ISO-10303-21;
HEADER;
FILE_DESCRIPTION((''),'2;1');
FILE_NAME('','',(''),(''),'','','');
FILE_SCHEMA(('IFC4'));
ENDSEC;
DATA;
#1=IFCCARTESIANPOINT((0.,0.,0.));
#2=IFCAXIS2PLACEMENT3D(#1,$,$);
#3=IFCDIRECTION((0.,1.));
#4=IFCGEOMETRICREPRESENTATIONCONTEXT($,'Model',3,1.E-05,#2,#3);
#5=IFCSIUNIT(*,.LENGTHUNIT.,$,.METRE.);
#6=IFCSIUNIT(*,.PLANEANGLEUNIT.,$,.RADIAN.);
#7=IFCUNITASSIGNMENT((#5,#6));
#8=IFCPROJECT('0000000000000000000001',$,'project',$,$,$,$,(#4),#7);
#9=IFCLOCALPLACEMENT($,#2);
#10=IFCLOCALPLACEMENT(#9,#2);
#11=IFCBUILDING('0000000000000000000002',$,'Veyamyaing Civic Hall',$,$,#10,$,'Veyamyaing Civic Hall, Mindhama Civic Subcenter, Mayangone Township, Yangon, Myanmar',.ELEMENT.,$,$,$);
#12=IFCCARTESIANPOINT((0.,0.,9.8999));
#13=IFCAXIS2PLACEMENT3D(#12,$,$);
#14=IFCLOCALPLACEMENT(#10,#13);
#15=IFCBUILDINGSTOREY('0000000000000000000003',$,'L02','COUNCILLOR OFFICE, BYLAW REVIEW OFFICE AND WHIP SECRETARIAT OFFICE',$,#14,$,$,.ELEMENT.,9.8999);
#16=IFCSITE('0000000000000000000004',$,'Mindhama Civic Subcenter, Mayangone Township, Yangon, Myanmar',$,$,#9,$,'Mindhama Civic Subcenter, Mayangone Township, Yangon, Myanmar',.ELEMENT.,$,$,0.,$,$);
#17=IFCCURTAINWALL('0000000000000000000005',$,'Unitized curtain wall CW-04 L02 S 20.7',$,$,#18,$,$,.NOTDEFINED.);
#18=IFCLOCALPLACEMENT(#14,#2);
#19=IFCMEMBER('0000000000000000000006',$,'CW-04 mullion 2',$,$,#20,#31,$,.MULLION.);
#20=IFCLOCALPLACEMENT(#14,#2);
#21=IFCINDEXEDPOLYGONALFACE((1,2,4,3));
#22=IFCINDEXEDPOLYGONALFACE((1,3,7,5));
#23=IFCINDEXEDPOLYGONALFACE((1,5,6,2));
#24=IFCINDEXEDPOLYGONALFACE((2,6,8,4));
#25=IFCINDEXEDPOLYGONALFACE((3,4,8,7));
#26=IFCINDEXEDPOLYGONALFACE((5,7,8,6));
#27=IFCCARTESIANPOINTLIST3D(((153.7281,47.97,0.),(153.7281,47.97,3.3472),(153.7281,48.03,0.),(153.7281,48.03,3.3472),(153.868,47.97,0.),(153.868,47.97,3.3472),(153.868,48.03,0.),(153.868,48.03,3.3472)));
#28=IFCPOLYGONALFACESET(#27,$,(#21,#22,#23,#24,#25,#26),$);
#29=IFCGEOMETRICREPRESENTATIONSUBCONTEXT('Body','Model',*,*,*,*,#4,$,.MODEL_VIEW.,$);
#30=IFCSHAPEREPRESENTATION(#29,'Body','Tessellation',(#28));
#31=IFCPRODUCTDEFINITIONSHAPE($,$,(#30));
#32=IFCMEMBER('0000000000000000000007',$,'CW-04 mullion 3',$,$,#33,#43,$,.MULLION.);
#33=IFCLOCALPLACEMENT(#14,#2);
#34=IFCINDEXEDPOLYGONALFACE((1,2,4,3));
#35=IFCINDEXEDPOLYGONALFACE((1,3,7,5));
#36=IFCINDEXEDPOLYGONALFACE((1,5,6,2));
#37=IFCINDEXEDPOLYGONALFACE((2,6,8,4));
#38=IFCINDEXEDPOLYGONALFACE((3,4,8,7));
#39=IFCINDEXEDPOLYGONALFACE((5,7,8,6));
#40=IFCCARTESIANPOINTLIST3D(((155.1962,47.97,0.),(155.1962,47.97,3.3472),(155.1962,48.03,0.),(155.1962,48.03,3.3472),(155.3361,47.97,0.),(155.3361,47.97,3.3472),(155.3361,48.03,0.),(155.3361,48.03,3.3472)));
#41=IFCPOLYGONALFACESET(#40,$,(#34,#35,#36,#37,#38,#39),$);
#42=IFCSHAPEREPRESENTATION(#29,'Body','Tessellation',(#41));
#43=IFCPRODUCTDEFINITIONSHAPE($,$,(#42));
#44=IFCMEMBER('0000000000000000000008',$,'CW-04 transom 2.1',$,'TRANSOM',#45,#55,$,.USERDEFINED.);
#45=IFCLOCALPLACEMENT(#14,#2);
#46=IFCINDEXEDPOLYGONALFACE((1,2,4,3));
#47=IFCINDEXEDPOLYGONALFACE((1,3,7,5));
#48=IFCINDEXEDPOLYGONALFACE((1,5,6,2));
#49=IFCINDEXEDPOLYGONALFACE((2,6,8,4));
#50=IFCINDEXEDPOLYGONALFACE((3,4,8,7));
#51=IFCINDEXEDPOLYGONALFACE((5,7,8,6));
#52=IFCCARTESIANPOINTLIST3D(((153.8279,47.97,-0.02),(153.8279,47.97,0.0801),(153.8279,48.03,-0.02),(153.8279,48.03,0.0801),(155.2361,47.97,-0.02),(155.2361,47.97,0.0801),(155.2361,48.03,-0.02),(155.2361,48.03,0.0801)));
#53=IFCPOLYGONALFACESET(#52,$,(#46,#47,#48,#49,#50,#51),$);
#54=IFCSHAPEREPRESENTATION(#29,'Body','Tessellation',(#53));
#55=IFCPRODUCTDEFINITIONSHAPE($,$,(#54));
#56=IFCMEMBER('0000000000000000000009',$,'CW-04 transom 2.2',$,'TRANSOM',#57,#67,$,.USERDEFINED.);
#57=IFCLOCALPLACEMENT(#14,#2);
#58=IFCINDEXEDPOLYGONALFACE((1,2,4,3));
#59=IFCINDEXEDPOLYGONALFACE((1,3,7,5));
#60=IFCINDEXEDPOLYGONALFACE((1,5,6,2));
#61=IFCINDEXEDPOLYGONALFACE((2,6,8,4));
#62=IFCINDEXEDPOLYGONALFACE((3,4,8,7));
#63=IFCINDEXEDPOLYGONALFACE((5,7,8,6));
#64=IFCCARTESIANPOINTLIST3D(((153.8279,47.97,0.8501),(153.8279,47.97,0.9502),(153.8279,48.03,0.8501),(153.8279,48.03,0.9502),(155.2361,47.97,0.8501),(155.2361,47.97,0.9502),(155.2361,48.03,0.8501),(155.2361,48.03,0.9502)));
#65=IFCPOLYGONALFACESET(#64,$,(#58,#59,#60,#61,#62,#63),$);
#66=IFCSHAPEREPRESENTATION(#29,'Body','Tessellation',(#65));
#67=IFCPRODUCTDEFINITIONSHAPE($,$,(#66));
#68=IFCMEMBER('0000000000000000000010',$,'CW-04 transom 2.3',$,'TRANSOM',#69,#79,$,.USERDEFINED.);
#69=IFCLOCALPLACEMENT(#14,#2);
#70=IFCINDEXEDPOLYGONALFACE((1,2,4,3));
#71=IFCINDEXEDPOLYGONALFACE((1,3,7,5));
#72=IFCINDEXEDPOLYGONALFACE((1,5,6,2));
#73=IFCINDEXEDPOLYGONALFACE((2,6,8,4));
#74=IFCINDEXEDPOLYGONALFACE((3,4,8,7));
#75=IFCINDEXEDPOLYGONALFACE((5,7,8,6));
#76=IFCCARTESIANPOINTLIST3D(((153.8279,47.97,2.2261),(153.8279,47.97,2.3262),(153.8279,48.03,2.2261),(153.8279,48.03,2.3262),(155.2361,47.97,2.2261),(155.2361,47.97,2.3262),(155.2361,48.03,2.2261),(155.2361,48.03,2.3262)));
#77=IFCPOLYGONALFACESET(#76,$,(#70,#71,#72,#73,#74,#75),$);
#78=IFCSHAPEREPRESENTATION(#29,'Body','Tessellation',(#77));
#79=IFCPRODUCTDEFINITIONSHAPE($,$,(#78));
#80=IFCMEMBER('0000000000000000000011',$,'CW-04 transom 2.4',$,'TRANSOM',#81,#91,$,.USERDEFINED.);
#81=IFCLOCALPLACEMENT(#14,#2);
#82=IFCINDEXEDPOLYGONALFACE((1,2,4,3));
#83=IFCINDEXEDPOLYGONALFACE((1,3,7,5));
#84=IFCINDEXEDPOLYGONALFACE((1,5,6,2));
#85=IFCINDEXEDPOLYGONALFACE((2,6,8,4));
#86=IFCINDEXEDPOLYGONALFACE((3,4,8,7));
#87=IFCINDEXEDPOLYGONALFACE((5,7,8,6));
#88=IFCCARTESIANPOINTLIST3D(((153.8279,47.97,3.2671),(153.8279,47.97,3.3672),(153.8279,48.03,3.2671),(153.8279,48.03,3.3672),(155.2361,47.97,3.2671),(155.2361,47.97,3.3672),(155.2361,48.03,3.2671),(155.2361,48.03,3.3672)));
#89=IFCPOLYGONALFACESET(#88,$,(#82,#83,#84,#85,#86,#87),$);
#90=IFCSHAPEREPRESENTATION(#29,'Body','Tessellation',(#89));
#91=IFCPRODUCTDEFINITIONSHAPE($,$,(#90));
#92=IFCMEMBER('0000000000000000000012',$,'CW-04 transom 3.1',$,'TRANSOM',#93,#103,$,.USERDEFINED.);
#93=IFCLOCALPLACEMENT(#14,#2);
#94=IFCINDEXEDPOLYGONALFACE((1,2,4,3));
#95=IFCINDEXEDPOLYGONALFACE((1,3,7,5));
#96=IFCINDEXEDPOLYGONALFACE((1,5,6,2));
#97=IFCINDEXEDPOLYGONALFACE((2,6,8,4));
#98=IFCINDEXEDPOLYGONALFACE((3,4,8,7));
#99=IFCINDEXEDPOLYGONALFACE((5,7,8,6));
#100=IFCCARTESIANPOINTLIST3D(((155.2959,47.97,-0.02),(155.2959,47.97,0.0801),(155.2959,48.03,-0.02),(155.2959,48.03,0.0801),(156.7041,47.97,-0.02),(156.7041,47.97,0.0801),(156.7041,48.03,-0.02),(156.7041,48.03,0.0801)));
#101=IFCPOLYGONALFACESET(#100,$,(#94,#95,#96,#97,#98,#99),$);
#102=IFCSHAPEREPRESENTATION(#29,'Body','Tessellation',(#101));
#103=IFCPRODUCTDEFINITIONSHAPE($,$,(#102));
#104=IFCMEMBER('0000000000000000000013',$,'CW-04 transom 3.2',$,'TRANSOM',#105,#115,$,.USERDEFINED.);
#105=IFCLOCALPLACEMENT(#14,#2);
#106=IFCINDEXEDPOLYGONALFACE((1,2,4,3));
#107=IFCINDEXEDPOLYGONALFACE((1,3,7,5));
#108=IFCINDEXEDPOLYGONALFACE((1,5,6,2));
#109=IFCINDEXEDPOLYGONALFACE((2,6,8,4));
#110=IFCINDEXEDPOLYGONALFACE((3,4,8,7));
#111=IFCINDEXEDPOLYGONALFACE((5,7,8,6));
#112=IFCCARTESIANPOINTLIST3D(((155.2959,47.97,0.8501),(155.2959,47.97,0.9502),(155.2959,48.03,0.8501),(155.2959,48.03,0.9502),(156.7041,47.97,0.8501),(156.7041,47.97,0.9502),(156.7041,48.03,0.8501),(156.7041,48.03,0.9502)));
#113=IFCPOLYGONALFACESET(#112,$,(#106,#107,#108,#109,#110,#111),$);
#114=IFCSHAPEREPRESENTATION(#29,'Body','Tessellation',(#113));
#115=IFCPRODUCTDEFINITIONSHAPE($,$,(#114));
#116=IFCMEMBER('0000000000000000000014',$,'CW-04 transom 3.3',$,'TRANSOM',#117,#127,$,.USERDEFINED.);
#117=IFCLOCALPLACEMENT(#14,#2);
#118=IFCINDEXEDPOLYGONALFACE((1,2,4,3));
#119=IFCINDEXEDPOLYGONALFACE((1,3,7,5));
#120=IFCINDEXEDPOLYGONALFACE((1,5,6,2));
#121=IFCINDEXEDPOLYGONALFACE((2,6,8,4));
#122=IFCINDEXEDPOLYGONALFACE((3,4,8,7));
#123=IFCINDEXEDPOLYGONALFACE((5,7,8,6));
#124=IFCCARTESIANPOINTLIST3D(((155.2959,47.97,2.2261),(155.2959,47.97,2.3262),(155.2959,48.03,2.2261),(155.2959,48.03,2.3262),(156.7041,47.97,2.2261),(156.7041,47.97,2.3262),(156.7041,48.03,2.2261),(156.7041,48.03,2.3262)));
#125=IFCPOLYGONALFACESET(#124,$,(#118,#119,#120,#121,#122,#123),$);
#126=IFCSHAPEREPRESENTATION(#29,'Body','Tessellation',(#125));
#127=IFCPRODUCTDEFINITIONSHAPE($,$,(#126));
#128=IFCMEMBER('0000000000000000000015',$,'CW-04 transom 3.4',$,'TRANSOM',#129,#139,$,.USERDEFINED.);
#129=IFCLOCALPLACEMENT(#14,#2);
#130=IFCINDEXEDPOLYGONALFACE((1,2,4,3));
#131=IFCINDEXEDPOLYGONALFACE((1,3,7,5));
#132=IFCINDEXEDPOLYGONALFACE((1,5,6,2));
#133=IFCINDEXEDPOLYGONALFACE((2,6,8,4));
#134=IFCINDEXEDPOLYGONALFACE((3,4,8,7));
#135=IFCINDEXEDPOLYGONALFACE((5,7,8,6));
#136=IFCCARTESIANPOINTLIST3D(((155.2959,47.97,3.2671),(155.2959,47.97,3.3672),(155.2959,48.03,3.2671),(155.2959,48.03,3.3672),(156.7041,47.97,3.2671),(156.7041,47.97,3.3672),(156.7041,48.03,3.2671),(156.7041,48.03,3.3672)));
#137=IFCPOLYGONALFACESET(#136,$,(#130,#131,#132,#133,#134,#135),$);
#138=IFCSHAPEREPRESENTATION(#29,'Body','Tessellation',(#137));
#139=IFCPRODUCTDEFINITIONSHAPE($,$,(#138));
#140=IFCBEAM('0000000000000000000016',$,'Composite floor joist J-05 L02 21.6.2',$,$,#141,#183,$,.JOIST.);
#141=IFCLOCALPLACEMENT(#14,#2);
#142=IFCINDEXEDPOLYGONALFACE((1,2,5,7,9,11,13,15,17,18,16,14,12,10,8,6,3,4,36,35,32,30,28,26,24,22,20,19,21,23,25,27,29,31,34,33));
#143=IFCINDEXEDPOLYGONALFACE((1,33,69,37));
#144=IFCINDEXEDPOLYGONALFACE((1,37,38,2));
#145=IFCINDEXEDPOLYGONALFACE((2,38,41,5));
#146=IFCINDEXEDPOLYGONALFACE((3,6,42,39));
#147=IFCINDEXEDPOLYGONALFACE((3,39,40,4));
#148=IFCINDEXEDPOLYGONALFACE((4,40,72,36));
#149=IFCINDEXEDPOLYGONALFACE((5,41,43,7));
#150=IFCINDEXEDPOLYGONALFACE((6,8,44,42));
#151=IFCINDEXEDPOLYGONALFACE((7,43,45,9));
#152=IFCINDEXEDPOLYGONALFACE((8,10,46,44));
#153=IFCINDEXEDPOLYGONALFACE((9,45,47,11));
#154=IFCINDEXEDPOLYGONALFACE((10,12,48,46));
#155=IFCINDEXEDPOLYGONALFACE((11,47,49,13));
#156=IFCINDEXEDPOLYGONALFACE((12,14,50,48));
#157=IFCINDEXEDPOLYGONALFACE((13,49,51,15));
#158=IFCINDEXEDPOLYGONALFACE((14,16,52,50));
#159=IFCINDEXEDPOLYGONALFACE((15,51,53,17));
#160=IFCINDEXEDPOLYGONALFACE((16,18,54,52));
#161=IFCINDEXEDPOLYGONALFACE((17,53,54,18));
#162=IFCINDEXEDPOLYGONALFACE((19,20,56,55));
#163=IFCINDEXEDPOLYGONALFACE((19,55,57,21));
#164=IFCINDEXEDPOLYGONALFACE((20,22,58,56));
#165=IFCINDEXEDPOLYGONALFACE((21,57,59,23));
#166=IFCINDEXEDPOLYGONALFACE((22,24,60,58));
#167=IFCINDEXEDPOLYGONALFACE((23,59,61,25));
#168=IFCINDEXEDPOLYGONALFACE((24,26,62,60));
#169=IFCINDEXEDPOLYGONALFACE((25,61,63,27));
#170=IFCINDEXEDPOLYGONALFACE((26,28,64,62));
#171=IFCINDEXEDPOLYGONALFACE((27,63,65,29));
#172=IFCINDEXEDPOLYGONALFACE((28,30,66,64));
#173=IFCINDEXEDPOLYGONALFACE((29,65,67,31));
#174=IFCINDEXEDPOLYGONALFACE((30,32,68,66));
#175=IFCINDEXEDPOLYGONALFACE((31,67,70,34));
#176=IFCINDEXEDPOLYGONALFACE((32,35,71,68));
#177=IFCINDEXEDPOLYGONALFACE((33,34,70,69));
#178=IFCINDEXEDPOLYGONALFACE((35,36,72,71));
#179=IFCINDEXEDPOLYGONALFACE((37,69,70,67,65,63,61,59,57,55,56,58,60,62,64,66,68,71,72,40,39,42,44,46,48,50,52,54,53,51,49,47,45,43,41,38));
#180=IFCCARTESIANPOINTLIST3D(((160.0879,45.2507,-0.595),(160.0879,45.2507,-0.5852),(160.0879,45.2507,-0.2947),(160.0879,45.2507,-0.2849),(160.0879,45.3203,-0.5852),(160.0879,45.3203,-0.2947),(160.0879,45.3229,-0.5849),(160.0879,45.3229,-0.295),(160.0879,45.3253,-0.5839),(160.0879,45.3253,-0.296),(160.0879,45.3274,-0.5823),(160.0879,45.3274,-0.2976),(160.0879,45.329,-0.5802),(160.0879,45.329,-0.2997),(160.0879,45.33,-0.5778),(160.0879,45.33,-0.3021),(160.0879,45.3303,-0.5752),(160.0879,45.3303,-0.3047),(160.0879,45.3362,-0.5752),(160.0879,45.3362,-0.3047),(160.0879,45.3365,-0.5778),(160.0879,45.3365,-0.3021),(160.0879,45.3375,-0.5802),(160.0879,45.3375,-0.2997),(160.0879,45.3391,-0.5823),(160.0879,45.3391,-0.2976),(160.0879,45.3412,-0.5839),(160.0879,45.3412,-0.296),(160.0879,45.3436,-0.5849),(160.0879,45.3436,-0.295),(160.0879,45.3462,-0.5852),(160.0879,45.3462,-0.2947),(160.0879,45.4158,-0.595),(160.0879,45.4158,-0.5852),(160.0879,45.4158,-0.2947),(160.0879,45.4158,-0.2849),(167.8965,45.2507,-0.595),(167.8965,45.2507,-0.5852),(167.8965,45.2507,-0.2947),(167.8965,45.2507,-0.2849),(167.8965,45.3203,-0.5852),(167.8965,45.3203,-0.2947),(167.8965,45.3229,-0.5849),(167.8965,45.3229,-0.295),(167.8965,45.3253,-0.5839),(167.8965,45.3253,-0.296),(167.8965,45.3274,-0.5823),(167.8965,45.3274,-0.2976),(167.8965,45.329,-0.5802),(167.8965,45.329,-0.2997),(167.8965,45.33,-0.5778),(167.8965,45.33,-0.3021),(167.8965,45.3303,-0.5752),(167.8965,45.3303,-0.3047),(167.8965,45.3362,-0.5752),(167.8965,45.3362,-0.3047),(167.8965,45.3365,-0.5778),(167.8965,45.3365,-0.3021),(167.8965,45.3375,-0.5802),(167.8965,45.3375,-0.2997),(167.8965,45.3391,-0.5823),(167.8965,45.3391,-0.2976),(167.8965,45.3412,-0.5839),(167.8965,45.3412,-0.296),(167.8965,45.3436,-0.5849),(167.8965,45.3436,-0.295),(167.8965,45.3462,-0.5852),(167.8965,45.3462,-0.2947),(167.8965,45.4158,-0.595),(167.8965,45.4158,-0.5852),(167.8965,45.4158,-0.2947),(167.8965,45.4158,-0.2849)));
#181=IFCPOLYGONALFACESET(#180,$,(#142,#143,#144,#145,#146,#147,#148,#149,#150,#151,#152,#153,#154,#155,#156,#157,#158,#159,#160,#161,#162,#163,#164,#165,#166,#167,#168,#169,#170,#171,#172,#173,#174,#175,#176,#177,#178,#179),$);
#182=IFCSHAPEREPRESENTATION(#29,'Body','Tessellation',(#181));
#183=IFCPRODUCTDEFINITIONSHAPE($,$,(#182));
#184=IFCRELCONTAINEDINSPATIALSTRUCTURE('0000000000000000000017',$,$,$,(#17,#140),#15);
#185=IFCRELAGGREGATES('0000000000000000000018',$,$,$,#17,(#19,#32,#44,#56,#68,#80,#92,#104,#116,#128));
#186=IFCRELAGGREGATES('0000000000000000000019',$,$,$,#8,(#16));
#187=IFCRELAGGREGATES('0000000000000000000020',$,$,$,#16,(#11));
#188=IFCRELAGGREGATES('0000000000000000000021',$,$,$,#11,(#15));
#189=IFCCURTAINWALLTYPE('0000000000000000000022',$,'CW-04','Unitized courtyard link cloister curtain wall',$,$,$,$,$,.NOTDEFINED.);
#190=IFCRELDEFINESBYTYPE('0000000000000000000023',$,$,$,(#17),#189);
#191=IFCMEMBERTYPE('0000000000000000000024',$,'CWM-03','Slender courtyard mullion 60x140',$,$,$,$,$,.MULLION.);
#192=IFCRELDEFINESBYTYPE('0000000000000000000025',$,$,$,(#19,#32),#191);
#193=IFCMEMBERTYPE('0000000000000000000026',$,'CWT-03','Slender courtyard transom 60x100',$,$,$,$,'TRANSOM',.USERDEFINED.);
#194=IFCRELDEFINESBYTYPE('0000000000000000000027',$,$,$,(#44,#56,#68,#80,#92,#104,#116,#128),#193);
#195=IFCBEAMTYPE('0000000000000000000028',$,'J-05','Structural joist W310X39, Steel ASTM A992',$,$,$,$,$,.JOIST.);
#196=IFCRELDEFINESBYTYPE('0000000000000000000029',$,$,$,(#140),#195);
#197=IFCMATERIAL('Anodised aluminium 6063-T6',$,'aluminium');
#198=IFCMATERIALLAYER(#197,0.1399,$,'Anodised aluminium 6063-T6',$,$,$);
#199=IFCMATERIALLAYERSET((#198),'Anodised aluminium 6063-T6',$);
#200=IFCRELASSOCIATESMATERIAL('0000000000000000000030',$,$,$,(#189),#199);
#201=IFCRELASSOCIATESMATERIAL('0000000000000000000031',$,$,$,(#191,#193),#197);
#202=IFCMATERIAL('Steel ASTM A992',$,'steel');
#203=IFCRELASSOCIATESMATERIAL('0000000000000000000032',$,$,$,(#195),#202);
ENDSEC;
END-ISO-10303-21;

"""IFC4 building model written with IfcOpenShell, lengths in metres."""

from ifc_helpers import new_model, si_unit, direction, frame, origin, origin_2d, place, context, subcontext, project, spatial, rectangle, i_section, extrude, material, layer, layer_set, material_profile, profile_set, type_object, element, aggregate, save


model = new_model("IFC4")

# Units and contexts
model_context = context("Model", 3, precision=1e-05, world=origin(), true_north=direction((0.0, 1.0)))
body_context = subcontext(model_context, "Body", "Model", "MODEL_VIEW")
ifc_project = project(units=[si_unit("LENGTHUNIT", "METRE"), si_unit("PLANEANGLEUNIT", "RADIAN")], contexts=[model_context])

# Site, building, storey
site_placement = place(None, origin())
site = spatial("IfcSite", under=ifc_project, at=site_placement, Name="Mindhama Civic Subcenter, Mayangone Township, Yangon, Myanmar", LongName="Mindhama Civic Subcenter, Mayangone Township, Yangon, Myanmar", CompositionType="ELEMENT", RefElevation=0.0)
building_placement = place(site_placement, origin())
building = spatial("IfcBuilding", under=site, at=building_placement, Name="Veyamyaing Civic Hall", LongName="Veyamyaing Civic Hall, Mindhama Civic Subcenter, Mayangone Township, Yangon, Myanmar", CompositionType="ELEMENT")
storey_placement = place(building_placement, frame((0.0, 0.0, 9.8999)))
storey = spatial("IfcBuildingStorey", under=building, at=storey_placement, Name="L02", Description="COUNCILLOR OFFICE, BYLAW REVIEW OFFICE AND WHIP SECRETARIAT OFFICE", CompositionType="ELEMENT", Elevation=9.8999)

# Curtain wall, members
ifc_material_1 = material(Name="Anodised aluminium 6063-T6", Category="aluminium")
ifc_layer_1 = layer(ifc_material_1, 0.1399, Name="Anodised aluminium 6063-T6")
ifc_layer_set_1 = layer_set([ifc_layer_1], Name="Anodised aluminium 6063-T6")
curtain_wall_type = type_object("IfcCurtainWallType", Name="CW-04", Description="Unitized courtyard link cloister curtain wall", PredefinedType="NOTDEFINED", material=ifc_layer_set_1)
curtain_wall_placement = place(storey_placement, origin())
curtain_wall = element("IfcCurtainWall", 1, at=curtain_wall_placement, inside=storey, type_object=curtain_wall_type, Name="Unitized curtain wall CW-04 L02 S 20.7", PredefinedType="NOTDEFINED")
ifc_material_profile_1 = material_profile(ifc_material_1, rectangle(XDim=0.0601, YDim=0.1399, at=origin_2d()), Name="ALU-MUL-60X140")
ifc_profile_set_1 = profile_set([ifc_material_profile_1], Name="Anodised aluminium 6063-T6")
member_type_1 = type_object("IfcMemberType", Name="CWM-03", Description="Slender courtyard mullion 60x140", PredefinedType="MULLION", material=ifc_profile_set_1)
member_1_placement = place(storey_placement, frame((153.7981, 48.0, 0.0), z_axis=(0.0, 0.0, 1.0), x_axis=(0.0, 1.0, 0.0)))
member_1 = element("IfcMember", 2, at=member_1_placement, type_object=member_type_1, Name="CW-04 mullion 2", PredefinedType="MULLION", context=body_context, shape_type="SweptSolid", body=[
    extrude(rectangle(XDim=0.0601, YDim=0.1399, at=origin_2d()), origin(), (0.0, 0.0, 1.0), 3.3472),
])
member_2_placement = place(storey_placement, frame((155.2661, 48.0, 0.0), z_axis=(0.0, 0.0, 1.0), x_axis=(0.0, 1.0, 0.0)))
member_2 = element("IfcMember", 3, at=member_2_placement, type_object=member_type_1, Name="CW-04 mullion 3", PredefinedType="MULLION", context=body_context, shape_type="SweptSolid", body=[
    extrude(rectangle(XDim=0.0601, YDim=0.1399, at=origin_2d()), origin(), (0.0, 0.0, 1.0), 3.3472),
])
ifc_material_profile_2 = material_profile(ifc_material_1, rectangle(XDim=0.0601, YDim=0.1001, at=origin_2d()), Name="ALU-TRN-60X100")
ifc_profile_set_2 = profile_set([ifc_material_profile_2], Name="Anodised aluminium 6063-T6")
member_type_2 = type_object("IfcMemberType", Name="CWT-03", Description="Slender courtyard transom 60x100", ElementType="TRANSOM", PredefinedType="USERDEFINED", material=ifc_profile_set_2)
member_3_placement = place(storey_placement, frame((153.8279, 48.0, 0.03), z_axis=(1.0, 0.0, 0.0), x_axis=(0.0, 1.0, 0.0)))
member_3 = element("IfcMember", 4, at=member_3_placement, type_object=member_type_2, Name="CW-04 transom 2.1", ObjectType="TRANSOM", PredefinedType="USERDEFINED", context=body_context, shape_type="SweptSolid", body=[
    extrude(rectangle(XDim=0.0601, YDim=0.1001, at=origin_2d()), origin(), (0.0, 0.0, 1.0), 1.4082),
])
member_4_placement = place(storey_placement, frame((153.8279, 48.0, 0.9001), z_axis=(1.0, 0.0, 0.0), x_axis=(0.0, 1.0, 0.0)))
member_4 = element("IfcMember", 5, at=member_4_placement, type_object=member_type_2, Name="CW-04 transom 2.2", ObjectType="TRANSOM", PredefinedType="USERDEFINED", context=body_context, shape_type="SweptSolid", body=[
    extrude(rectangle(XDim=0.0601, YDim=0.1001, at=origin_2d()), origin(), (0.0, 0.0, 1.0), 1.4082),
])
member_5_placement = place(storey_placement, frame((153.8279, 48.0, 2.2761), z_axis=(1.0, 0.0, 0.0), x_axis=(0.0, 1.0, 0.0)))
member_5 = element("IfcMember", 6, at=member_5_placement, type_object=member_type_2, Name="CW-04 transom 2.3", ObjectType="TRANSOM", PredefinedType="USERDEFINED", context=body_context, shape_type="SweptSolid", body=[
    extrude(rectangle(XDim=0.0601, YDim=0.1001, at=origin_2d()), origin(), (0.0, 0.0, 1.0), 1.4082),
])
member_6_placement = place(storey_placement, frame((153.8279, 48.0, 3.3171), z_axis=(1.0, 0.0, 0.0), x_axis=(0.0, 1.0, 0.0)))
member_6 = element("IfcMember", 7, at=member_6_placement, type_object=member_type_2, Name="CW-04 transom 2.4", ObjectType="TRANSOM", PredefinedType="USERDEFINED", context=body_context, shape_type="SweptSolid", body=[
    extrude(rectangle(XDim=0.0601, YDim=0.1001, at=origin_2d()), origin(), (0.0, 0.0, 1.0), 1.4082),
])
member_7_placement = place(storey_placement, frame((155.2959, 48.0, 0.03), z_axis=(1.0, 0.0, 0.0), x_axis=(0.0, 1.0, 0.0)))
member_7 = element("IfcMember", 8, at=member_7_placement, type_object=member_type_2, Name="CW-04 transom 3.1", ObjectType="TRANSOM", PredefinedType="USERDEFINED", context=body_context, shape_type="SweptSolid", body=[
    extrude(rectangle(XDim=0.0601, YDim=0.1001, at=origin_2d()), origin(), (0.0, 0.0, 1.0), 1.4082),
])
member_8_placement = place(storey_placement, frame((155.2959, 48.0, 0.9001), z_axis=(1.0, 0.0, 0.0), x_axis=(0.0, 1.0, 0.0)))
member_8 = element("IfcMember", 9, at=member_8_placement, type_object=member_type_2, Name="CW-04 transom 3.2", ObjectType="TRANSOM", PredefinedType="USERDEFINED", context=body_context, shape_type="SweptSolid", body=[
    extrude(rectangle(XDim=0.0601, YDim=0.1001, at=origin_2d()), origin(), (0.0, 0.0, 1.0), 1.4082),
])
member_9_placement = place(storey_placement, frame((155.2959, 48.0, 2.2761), z_axis=(1.0, 0.0, 0.0), x_axis=(0.0, 1.0, 0.0)))
member_9 = element("IfcMember", 10, at=member_9_placement, type_object=member_type_2, Name="CW-04 transom 3.3", ObjectType="TRANSOM", PredefinedType="USERDEFINED", context=body_context, shape_type="SweptSolid", body=[
    extrude(rectangle(XDim=0.0601, YDim=0.1001, at=origin_2d()), origin(), (0.0, 0.0, 1.0), 1.4082),
])
member_10_placement = place(storey_placement, frame((155.2959, 48.0, 3.3171), z_axis=(1.0, 0.0, 0.0), x_axis=(0.0, 1.0, 0.0)))
member_10 = element("IfcMember", 11, at=member_10_placement, type_object=member_type_2, Name="CW-04 transom 3.4", ObjectType="TRANSOM", PredefinedType="USERDEFINED", context=body_context, shape_type="SweptSolid", body=[
    extrude(rectangle(XDim=0.0601, YDim=0.1001, at=origin_2d()), origin(), (0.0, 0.0, 1.0), 1.4082),
])

# Beam
ifc_material_2 = material(Name="Steel ASTM A992", Category="steel")
ifc_material_profile_3 = material_profile(ifc_material_2, i_section(OverallWidth=0.165, OverallDepth=0.3101, WebThickness=0.0059, FlangeThickness=0.0098, FilletRadius=0.01, at=origin_2d()), Name="W310X39")
ifc_profile_set_3 = profile_set([ifc_material_profile_3], Name="Steel ASTM A992")
beam_type = type_object("IfcBeamType", Name="J-05", Description="Structural joist W310X39, Steel ASTM A992", PredefinedType="JOIST", material=ifc_profile_set_3)
beam_placement = place(storey_placement, frame((160.0879, 45.3333, -0.4399), z_axis=(1.0, 0.0, 0.0), x_axis=(0.0, 1.0, 0.0)))
element("IfcBeam", 12, at=beam_placement, inside=storey, type_object=beam_type, Name="Composite floor joist J-05 L02 21.6.2", PredefinedType="JOIST", context=body_context, shape_type="SweptSolid", body=[
    extrude(i_section(OverallWidth=0.165, OverallDepth=0.3101, WebThickness=0.0059, FlangeThickness=0.0098, FilletRadius=0.01, at=origin_2d()), origin(), (0.0, 0.0, 1.0), 7.8086),
])

aggregate(curtain_wall, [member_1, member_2, member_3, member_4, member_5, member_6, member_7, member_8, member_9, member_10])

save(model, "model.ifc")
